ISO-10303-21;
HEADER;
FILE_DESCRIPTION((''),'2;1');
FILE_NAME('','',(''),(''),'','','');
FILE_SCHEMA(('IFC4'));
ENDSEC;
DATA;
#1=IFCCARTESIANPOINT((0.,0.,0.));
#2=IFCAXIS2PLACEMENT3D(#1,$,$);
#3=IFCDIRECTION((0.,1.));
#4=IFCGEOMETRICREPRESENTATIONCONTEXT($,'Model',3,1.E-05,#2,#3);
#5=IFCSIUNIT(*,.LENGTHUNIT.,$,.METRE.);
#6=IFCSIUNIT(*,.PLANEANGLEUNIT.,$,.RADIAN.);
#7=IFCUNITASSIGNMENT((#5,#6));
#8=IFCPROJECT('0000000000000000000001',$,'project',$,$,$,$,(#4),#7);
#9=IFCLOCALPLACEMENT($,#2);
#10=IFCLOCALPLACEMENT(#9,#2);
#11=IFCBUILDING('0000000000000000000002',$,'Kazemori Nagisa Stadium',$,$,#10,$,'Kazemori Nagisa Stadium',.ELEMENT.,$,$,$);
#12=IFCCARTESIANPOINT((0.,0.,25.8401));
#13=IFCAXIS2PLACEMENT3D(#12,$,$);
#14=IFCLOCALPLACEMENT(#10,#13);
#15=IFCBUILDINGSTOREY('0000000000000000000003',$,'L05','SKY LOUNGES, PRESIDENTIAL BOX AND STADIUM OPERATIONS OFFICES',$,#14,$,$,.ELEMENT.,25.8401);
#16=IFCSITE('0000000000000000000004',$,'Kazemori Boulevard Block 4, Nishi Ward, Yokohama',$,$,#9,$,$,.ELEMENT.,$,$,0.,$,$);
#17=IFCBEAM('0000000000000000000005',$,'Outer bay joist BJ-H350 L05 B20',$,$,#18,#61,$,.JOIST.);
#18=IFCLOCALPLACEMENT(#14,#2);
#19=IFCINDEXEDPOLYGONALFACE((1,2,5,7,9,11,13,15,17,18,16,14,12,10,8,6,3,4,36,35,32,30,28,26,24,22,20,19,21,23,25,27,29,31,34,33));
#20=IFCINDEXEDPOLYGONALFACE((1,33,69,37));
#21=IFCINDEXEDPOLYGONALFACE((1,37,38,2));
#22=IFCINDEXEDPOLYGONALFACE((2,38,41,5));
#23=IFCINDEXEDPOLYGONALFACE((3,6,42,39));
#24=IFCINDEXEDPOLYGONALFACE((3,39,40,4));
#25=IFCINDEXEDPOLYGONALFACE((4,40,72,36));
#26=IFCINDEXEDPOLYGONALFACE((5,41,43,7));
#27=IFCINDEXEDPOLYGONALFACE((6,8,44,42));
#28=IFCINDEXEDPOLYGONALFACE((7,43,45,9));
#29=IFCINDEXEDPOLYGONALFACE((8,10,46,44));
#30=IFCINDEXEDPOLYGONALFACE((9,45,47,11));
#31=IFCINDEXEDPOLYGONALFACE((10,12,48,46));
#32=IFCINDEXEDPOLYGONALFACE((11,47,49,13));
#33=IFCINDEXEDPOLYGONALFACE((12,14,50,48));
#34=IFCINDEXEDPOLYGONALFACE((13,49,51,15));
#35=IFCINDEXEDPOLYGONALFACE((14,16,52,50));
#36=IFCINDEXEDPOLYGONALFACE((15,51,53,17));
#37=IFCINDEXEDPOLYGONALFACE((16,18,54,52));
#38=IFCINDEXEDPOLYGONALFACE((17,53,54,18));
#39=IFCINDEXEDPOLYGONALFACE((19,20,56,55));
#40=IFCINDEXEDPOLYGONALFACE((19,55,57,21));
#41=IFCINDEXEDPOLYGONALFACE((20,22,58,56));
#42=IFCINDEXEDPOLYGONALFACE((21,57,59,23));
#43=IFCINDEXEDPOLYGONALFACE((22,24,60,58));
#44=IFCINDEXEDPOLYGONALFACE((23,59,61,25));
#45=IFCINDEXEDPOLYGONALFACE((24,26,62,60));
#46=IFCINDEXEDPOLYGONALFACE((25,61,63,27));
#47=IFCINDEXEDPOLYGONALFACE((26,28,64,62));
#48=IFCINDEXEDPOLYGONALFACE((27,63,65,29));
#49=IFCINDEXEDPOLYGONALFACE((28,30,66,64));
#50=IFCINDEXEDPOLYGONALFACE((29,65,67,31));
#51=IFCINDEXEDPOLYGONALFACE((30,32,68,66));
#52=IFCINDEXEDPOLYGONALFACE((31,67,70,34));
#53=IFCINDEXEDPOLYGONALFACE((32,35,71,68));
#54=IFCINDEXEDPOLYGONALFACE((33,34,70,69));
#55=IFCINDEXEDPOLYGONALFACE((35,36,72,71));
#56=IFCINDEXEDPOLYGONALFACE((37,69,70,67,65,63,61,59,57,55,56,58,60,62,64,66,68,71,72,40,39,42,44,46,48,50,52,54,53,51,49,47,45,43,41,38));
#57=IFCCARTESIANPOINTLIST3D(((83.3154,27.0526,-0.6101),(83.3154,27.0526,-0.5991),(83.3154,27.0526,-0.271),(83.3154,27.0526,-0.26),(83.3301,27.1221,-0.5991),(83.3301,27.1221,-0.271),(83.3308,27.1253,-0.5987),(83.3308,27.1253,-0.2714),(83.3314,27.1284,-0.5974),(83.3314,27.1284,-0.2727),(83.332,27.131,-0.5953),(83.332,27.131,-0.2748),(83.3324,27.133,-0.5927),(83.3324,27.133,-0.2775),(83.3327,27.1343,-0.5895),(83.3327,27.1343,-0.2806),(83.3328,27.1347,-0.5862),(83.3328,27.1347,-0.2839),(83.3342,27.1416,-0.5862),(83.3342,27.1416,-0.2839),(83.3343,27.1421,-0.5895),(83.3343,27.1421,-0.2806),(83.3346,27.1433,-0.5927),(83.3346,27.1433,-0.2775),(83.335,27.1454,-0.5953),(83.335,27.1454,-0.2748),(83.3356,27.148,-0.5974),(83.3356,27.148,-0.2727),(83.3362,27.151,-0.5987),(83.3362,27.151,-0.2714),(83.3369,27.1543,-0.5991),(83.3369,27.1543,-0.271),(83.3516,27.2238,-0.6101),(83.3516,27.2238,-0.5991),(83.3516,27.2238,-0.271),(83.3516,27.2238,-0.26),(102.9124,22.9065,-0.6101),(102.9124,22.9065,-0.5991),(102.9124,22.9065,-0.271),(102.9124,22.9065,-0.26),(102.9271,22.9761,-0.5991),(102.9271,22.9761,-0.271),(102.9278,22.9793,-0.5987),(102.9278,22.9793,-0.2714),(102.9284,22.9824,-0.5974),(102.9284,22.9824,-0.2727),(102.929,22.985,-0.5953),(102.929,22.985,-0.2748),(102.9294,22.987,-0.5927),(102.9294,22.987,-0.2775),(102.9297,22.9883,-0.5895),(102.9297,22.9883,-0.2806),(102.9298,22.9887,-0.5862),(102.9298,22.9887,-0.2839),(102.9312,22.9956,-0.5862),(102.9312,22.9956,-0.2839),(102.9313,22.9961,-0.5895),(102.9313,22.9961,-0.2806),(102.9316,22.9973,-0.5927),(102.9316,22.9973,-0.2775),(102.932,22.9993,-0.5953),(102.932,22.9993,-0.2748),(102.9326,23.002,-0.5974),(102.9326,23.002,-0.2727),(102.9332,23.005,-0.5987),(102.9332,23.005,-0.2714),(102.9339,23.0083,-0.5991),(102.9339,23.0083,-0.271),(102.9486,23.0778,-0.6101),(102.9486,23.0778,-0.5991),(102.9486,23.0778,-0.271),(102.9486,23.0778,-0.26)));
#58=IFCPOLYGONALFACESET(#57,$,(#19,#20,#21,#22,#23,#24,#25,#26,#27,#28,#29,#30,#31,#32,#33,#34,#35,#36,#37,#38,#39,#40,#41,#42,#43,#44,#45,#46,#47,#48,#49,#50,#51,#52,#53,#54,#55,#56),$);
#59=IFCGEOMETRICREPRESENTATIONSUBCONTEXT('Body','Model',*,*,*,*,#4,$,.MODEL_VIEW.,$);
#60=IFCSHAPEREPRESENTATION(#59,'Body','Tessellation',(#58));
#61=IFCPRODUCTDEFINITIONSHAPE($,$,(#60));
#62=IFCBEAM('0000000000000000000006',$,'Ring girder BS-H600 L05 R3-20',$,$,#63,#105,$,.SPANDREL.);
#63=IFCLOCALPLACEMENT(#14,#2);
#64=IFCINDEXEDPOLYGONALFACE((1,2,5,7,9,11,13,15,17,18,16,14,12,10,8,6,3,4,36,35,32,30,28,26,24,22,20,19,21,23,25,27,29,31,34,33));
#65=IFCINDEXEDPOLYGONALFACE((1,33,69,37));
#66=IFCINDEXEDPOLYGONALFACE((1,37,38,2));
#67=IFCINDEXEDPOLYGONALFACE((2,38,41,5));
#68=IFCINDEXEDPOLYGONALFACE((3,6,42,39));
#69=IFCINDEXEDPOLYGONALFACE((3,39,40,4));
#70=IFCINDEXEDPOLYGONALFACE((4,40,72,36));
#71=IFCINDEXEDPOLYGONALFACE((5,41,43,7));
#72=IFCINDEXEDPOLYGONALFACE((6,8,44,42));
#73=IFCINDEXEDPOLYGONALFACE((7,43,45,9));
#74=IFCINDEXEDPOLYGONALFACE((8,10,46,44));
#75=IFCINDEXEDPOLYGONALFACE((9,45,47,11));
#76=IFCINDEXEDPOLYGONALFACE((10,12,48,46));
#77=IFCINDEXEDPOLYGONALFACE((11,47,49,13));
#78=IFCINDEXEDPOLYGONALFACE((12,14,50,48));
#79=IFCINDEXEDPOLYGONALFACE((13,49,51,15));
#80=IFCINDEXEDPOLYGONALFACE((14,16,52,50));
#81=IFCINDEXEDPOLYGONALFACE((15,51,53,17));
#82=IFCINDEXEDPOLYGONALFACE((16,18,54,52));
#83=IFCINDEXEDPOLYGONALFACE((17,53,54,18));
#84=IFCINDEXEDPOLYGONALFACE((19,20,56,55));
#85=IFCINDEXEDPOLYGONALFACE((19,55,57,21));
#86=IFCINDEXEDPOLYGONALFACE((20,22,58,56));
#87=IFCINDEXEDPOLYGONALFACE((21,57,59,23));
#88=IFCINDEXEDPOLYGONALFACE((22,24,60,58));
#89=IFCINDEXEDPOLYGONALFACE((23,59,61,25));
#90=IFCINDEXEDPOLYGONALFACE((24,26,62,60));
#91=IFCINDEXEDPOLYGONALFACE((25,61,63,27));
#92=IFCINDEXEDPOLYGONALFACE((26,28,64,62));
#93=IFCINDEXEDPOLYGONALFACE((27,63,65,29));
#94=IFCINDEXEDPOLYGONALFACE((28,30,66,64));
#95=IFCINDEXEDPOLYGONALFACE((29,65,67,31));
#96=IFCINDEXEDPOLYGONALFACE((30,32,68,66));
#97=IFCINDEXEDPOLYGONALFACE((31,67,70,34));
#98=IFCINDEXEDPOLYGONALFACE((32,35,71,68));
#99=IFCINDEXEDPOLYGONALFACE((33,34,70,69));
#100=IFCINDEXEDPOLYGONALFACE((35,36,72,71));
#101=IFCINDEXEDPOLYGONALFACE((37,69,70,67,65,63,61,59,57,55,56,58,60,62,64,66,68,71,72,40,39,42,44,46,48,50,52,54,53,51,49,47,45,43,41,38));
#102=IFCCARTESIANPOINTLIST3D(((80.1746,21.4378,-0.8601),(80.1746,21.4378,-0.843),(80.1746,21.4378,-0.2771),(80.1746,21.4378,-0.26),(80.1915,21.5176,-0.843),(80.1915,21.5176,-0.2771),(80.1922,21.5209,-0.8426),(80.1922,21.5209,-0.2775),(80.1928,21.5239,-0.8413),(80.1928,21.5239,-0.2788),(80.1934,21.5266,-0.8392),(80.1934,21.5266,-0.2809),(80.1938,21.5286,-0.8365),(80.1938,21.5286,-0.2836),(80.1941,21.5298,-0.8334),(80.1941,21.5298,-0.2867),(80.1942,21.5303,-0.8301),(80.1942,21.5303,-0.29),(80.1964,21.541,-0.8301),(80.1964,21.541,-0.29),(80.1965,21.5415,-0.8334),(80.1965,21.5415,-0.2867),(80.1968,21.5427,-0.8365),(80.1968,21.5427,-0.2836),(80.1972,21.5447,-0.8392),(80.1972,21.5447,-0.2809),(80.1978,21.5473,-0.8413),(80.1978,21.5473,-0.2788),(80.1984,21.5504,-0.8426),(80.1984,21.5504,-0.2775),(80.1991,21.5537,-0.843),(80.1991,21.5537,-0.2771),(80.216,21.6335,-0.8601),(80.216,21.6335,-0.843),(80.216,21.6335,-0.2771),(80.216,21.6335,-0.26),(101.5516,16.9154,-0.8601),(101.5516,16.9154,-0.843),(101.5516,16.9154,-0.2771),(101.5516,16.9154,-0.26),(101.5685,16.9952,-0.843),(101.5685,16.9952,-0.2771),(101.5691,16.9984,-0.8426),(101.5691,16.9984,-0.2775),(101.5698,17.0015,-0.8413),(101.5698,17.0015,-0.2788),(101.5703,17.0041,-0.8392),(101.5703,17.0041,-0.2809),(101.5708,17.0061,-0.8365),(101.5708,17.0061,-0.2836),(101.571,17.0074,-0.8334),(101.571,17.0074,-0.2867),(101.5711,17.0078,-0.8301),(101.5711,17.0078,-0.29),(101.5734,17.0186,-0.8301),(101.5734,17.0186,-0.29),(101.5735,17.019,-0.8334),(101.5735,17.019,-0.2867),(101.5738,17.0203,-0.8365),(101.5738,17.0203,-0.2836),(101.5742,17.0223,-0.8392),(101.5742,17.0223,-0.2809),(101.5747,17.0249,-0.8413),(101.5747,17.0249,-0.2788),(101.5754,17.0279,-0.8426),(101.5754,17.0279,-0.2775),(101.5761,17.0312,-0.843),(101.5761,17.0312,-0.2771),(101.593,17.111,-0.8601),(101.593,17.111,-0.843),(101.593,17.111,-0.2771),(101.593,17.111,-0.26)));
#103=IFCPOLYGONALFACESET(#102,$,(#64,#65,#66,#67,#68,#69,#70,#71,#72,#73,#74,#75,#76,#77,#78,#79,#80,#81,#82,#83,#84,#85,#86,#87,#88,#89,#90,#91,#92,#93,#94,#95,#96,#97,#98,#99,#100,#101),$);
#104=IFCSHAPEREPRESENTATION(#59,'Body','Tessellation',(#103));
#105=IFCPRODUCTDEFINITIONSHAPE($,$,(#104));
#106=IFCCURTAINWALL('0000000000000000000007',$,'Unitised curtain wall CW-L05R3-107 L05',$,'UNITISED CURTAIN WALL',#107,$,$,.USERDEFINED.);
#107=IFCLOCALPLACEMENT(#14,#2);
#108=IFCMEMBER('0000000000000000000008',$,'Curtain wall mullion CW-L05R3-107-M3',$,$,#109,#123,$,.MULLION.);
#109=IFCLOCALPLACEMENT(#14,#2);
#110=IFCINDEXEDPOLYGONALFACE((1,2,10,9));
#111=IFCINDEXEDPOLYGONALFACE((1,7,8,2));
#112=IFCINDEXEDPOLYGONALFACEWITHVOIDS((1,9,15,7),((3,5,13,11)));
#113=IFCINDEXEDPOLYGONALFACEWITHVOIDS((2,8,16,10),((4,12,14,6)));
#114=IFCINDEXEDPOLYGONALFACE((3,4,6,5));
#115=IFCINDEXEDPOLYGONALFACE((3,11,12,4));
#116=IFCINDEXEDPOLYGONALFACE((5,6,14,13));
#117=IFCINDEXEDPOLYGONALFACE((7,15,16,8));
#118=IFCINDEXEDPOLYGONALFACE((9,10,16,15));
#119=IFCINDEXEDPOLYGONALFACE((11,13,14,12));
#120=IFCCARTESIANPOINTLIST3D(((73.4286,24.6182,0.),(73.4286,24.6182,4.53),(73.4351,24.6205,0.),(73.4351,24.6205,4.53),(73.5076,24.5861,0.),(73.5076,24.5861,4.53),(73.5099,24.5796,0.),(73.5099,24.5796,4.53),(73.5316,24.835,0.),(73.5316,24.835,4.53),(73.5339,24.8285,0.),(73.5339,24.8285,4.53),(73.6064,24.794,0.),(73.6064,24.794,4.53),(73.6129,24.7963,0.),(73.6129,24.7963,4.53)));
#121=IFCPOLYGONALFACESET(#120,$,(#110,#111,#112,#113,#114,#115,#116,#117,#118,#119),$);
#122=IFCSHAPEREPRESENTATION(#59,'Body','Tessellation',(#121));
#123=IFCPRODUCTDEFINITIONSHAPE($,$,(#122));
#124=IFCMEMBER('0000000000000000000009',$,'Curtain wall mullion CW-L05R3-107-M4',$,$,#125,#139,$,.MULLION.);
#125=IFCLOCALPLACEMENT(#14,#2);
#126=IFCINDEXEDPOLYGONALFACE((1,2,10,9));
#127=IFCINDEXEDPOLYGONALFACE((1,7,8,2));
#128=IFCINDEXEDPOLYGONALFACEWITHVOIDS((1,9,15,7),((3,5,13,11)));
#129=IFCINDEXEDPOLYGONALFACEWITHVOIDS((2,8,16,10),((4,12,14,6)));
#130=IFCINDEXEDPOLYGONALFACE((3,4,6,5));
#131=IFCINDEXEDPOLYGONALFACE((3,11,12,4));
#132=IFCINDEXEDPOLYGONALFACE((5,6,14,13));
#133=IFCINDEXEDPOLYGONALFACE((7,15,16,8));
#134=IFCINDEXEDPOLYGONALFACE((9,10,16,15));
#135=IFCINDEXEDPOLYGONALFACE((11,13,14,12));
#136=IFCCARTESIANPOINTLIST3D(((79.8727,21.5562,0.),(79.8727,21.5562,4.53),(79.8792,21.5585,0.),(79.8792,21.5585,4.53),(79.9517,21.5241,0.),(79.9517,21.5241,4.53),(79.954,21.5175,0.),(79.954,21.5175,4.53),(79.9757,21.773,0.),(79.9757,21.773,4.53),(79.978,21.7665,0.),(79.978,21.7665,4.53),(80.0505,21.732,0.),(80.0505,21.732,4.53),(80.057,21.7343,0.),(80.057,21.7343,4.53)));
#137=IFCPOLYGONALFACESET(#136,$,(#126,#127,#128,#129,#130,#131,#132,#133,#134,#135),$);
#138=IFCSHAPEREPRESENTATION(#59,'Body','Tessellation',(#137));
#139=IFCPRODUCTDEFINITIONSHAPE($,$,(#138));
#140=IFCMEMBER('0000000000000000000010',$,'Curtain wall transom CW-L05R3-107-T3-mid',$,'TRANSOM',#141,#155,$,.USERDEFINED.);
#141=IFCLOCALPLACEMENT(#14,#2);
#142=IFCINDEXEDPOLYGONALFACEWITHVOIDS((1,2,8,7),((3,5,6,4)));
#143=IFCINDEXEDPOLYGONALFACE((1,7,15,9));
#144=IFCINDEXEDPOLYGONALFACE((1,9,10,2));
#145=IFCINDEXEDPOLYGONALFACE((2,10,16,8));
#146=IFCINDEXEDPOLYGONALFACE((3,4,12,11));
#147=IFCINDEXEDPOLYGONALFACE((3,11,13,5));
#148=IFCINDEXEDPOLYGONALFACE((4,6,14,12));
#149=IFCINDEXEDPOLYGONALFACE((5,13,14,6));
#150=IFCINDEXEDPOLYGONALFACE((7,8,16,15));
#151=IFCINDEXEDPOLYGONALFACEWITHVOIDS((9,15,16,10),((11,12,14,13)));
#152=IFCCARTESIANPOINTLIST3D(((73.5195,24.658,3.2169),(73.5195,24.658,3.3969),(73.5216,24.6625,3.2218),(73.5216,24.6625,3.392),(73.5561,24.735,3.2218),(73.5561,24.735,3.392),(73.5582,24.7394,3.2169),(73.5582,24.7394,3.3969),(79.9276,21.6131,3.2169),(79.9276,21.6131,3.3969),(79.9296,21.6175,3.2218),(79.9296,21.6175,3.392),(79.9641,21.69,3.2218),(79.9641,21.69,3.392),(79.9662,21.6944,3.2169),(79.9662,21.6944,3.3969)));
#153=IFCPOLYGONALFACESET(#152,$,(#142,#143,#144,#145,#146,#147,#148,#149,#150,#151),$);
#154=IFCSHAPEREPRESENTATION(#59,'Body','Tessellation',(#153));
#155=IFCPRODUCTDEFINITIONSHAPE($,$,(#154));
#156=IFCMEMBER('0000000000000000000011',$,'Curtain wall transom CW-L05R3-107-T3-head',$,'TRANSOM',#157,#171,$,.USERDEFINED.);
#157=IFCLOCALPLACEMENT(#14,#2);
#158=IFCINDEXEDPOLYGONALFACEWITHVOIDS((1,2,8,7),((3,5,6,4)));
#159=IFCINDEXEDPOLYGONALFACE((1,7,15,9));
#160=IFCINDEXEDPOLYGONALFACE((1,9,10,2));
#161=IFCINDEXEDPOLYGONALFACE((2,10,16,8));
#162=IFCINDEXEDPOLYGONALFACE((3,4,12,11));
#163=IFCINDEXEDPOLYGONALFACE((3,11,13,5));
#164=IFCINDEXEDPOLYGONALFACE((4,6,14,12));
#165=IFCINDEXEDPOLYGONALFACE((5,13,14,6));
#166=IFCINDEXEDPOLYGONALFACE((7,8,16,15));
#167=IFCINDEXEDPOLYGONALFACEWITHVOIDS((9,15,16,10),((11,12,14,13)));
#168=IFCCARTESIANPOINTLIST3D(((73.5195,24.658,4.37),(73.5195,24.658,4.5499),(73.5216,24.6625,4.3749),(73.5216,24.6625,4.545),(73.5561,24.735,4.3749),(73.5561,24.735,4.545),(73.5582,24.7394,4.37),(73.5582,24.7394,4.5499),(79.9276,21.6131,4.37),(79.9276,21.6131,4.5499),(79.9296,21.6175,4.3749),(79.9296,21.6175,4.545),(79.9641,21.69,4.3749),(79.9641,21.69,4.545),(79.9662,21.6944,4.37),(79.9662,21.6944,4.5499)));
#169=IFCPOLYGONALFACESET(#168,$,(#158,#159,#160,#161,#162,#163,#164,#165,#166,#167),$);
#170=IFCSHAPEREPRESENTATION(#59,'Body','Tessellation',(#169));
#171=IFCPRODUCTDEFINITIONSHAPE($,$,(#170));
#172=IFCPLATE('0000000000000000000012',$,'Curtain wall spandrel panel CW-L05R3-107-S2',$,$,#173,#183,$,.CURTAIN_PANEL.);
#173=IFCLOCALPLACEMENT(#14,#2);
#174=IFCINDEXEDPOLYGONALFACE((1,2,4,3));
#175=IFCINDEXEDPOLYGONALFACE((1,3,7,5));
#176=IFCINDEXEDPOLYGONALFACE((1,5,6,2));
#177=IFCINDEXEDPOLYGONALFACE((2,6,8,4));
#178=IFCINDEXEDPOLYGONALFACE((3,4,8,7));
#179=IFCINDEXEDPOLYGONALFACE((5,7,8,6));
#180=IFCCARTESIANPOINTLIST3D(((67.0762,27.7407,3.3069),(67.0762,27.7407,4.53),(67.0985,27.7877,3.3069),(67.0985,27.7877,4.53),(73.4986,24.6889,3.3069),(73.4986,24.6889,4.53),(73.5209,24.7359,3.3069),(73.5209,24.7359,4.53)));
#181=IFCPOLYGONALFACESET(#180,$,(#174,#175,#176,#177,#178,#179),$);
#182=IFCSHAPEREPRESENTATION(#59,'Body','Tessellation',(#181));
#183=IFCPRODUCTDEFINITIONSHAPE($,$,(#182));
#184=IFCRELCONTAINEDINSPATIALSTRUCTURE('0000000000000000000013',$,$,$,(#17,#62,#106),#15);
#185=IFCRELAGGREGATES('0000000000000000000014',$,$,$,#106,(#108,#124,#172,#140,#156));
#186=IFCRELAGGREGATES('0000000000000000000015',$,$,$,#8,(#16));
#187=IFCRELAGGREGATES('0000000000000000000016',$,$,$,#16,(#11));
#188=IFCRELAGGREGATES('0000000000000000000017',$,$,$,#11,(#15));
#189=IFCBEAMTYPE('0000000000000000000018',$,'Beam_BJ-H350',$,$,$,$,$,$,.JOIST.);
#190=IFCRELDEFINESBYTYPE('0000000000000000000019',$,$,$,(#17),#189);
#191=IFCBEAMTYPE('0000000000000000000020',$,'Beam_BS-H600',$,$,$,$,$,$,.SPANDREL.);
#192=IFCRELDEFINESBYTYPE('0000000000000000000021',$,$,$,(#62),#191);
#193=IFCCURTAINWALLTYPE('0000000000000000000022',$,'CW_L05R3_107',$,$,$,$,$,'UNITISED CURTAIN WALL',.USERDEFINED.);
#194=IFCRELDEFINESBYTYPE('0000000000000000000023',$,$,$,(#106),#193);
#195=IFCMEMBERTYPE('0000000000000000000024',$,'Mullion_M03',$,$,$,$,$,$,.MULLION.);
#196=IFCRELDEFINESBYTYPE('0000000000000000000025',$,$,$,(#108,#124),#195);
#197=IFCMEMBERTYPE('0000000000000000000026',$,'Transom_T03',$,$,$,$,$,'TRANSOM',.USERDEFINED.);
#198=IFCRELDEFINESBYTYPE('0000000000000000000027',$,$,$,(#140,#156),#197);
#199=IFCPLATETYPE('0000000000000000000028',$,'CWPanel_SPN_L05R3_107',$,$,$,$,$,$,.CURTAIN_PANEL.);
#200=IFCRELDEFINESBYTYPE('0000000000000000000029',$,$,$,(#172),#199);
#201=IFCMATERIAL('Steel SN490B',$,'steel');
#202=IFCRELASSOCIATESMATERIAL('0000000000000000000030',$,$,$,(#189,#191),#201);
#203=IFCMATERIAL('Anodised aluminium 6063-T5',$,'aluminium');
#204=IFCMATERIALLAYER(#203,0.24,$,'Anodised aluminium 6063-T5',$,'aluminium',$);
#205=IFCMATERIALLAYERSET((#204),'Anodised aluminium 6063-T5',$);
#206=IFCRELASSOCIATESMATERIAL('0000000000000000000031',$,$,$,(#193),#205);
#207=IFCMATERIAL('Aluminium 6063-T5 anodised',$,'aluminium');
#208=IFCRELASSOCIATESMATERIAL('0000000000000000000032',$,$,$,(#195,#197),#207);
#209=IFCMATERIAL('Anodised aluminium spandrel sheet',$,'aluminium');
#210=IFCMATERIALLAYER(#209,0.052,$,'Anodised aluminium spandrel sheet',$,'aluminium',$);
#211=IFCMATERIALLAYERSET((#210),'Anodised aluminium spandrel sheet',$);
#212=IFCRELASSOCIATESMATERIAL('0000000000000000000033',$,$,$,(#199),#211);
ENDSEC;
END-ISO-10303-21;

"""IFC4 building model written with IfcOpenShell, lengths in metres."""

from ifc_helpers import new_model, si_unit, direction, frame, origin, origin_2d, place, context, subcontext, project, spatial, rectangle, hollow_rectangle, i_section, extrude, material, layer, layer_set, material_profile, profile_set, type_object, element, aggregate, save


model = new_model("IFC4")

# Units and contexts
model_context = context("Model", 3, precision=1e-05, world=origin(), true_north=direction((0.0, 1.0)))
body_context = subcontext(model_context, "Body", "Model", "MODEL_VIEW")
ifc_project = project(units=[si_unit("LENGTHUNIT", "METRE"), si_unit("PLANEANGLEUNIT", "RADIAN")], contexts=[model_context])

# Site, building, storey
site_placement = place(None, origin())
site = spatial("IfcSite", under=ifc_project, at=site_placement, Name="Kazemori Boulevard Block 4, Nishi Ward, Yokohama", CompositionType="ELEMENT", RefElevation=0.0)
building_placement = place(site_placement, origin())
building = spatial("IfcBuilding", under=site, at=building_placement, Name="Kazemori Nagisa Stadium", LongName="Kazemori Nagisa Stadium", CompositionType="ELEMENT")
storey_placement = place(building_placement, frame((0.0, 0.0, 25.8401)))
storey = spatial("IfcBuildingStorey", under=building, at=storey_placement, Name="L05", Description="SKY LOUNGES, PRESIDENTIAL BOX AND STADIUM OPERATIONS OFFICES", CompositionType="ELEMENT", Elevation=25.8401)

# Beams
ifc_material_1 = material(Name="Steel SN490B", Category="steel")
ifc_material_profile_1 = material_profile(ifc_material_1, i_section(OverallWidth=0.175, OverallDepth=0.3501, WebThickness=0.0071, FlangeThickness=0.011, FilletRadius=0.0129, at=origin_2d()), Name="H-350x175x7x11")
ifc_profile_set_1 = profile_set([ifc_material_profile_1], Name="Steel SN490B")
beam_type_1 = type_object("IfcBeamType", Name="Beam_BJ-H350", PredefinedType="JOIST", material=ifc_profile_set_1)
beam_1_placement = place(storey_placement, frame((83.3335, 27.1382, -0.4351), z_axis=(0.978345, -0.206982, 0.0), x_axis=(0.206982, 0.978345, 0.0)))
element("IfcBeam", 1, at=beam_1_placement, inside=storey, type_object=beam_type_1, Name="Outer bay joist BJ-H350 L05 B20", PredefinedType="JOIST", context=body_context, shape_type="SweptSolid", body=[
    extrude(i_section(OverallWidth=0.175, OverallDepth=0.3501, WebThickness=0.0071, FlangeThickness=0.011, FilletRadius=0.0129, at=origin_2d()), origin(), (0.0, 0.0, 1.0), 20.0308),
])
ifc_material_profile_2 = material_profile(ifc_material_1, i_section(OverallWidth=0.2, OverallDepth=0.6001, WebThickness=0.011, FlangeThickness=0.0171, FilletRadius=0.0129, at=origin_2d()), Name="H-600x200x11x17")
ifc_profile_set_2 = profile_set([ifc_material_profile_2], Name="Steel SN490B")
beam_type_2 = type_object("IfcBeamType", Name="Beam_BS-H600", PredefinedType="SPANDREL", material=ifc_profile_set_2)
beam_2_placement = place(storey_placement, frame((80.1953, 21.5356, -0.5601), z_axis=(0.978346, -0.206977, 0.0), x_axis=(0.206977, 0.978346, 0.0)))
element("IfcBeam", 2, at=beam_2_placement, inside=storey, type_object=beam_type_2, Name="Ring girder BS-H600 L05 R3-20", PredefinedType="SPANDREL", context=body_context, shape_type="SweptSolid", body=[
    extrude(i_section(OverallWidth=0.2, OverallDepth=0.6001, WebThickness=0.011, FlangeThickness=0.0171, FilletRadius=0.0129, at=origin_2d()), origin(), (0.0, 0.0, 1.0), 21.8501),
])

# Curtain wall, members, plate
ifc_material_2 = material(Name="Anodised aluminium 6063-T5", Category="aluminium")
ifc_layer_1 = layer(ifc_material_2, 0.24, Name="Anodised aluminium 6063-T5", Category="aluminium")
ifc_layer_set_1 = layer_set([ifc_layer_1], Name="Anodised aluminium 6063-T5")
curtain_wall_type = type_object("IfcCurtainWallType", Name="CW_L05R3_107", ElementType="UNITISED CURTAIN WALL", PredefinedType="USERDEFINED", material=ifc_layer_set_1)
curtain_wall_placement = place(storey_placement, origin())
curtain_wall = element("IfcCurtainWall", 3, at=curtain_wall_placement, inside=storey, type_object=curtain_wall_type, Name="Unitised curtain wall CW-L05R3-107 L05", ObjectType="UNITISED CURTAIN WALL", PredefinedType="USERDEFINED")
ifc_material_3 = material(Name="Aluminium 6063-T5 anodised", Category="aluminium")
ifc_material_profile_3 = material_profile(ifc_material_3, hollow_rectangle(XDim=0.0901, YDim=0.24, WallThickness=0.0049, at=origin_2d()), Name="ALU-MULL-90x240x5")
ifc_profile_set_3 = profile_set([ifc_material_profile_3], Name="Aluminium 6063-T5 anodised")
member_type_1 = type_object("IfcMemberType", Name="Mullion_M03", PredefinedType="MULLION", material=ifc_profile_set_3)
member_1_placement = place(storey_placement, frame((73.5208, 24.7073, 0.0), z_axis=(0.0, 0.0, 1.0), x_axis=(0.903216, -0.429186, 0.0)))
member_1 = element("IfcMember", 4, at=member_1_placement, type_object=member_type_1, Name="Curtain wall mullion CW-L05R3-107-M3", PredefinedType="MULLION", context=body_context, shape_type="SweptSolid", body=[
    extrude(hollow_rectangle(XDim=0.0901, YDim=0.24, WallThickness=0.0049, at=origin_2d()), origin(), (0.0, 0.0, 1.0), 4.53),
])
member_2_placement = place(storey_placement, frame((79.9648, 21.6453, 0.0), z_axis=(0.0, 0.0, 1.0), x_axis=(0.903216, -0.429186, 0.0)))
member_2 = element("IfcMember", 5, at=member_2_placement, type_object=member_type_1, Name="Curtain wall mullion CW-L05R3-107-M4", PredefinedType="MULLION", context=body_context, shape_type="SweptSolid", body=[
    extrude(hollow_rectangle(XDim=0.0901, YDim=0.24, WallThickness=0.0049, at=origin_2d()), origin(), (0.0, 0.0, 1.0), 4.53),
])
ifc_material_profile_4 = material_profile(ifc_material_3, hollow_rectangle(XDim=0.0901, YDim=0.1799, WallThickness=0.0049, at=origin_2d()), Name="ALU-TRAN-90x180x5")
ifc_profile_set_4 = profile_set([ifc_material_profile_4], Name="Aluminium 6063-T5 anodised")
member_type_2 = type_object("IfcMemberType", Name="Transom_T03", ElementType="TRANSOM", PredefinedType="USERDEFINED", material=ifc_profile_set_4)
member_3_placement = place(storey_placement, frame((73.5388, 24.6987, 3.3069), z_axis=(0.903215, -0.429188, 0.0), x_axis=(0.429188, 0.903215, 0.0)))
member_3 = element("IfcMember", 6, at=member_3_placement, type_object=member_type_2, Name="Curtain wall transom CW-L05R3-107-T3-mid", ObjectType="TRANSOM", PredefinedType="USERDEFINED", context=body_context, shape_type="SweptSolid", body=[
    extrude(hollow_rectangle(XDim=0.0901, YDim=0.1799, WallThickness=0.0049, at=origin_2d()), origin(), (0.0, 0.0, 1.0), 7.0947),
])
member_4_placement = place(storey_placement, frame((73.5388, 24.6987, 4.46), z_axis=(0.903215, -0.429188, 0.0), x_axis=(0.429188, 0.903215, 0.0)))
member_4 = element("IfcMember", 7, at=member_4_placement, type_object=member_type_2, Name="Curtain wall transom CW-L05R3-107-T3-head", ObjectType="TRANSOM", PredefinedType="USERDEFINED", context=body_context, shape_type="SweptSolid", body=[
    extrude(hollow_rectangle(XDim=0.0901, YDim=0.1799, WallThickness=0.0049, at=origin_2d()), origin(), (0.0, 0.0, 1.0), 7.0947),
])
ifc_material_4 = material(Name="Anodised aluminium spandrel sheet", Category="aluminium")
ifc_layer_2 = layer(ifc_material_4, 0.052, Name="Anodised aluminium spandrel sheet", Category="aluminium")
ifc_layer_set_2 = layer_set([ifc_layer_2], Name="Anodised aluminium spandrel sheet")
plate_type_1 = type_object("IfcPlateType", Name="CWPanel_SPN_L05R3_107", PredefinedType="CURTAIN_PANEL", material=ifc_layer_set_2)
plate_1_placement = place(storey_placement, frame((70.2986, 26.2383, 3.3069), z_axis=(0.0, 0.0, 1.0), x_axis=(0.903216, -0.429186, 0.0)))
plate_1 = element("IfcPlate", 8, at=plate_1_placement, type_object=plate_type_1, Name="Curtain wall spandrel panel CW-L05R3-107-S2", PredefinedType="CURTAIN_PANEL", context=body_context, shape_type="SweptSolid", body=[
    extrude(rectangle(XDim=7.1106, YDim=0.052, at=origin_2d()), origin(), (0.0, 0.0, 1.0), 1.2231),
])
aggregate(curtain_wall, [member_1, member_2, plate_1, member_3, member_4])

save(model, "model.ifc")
